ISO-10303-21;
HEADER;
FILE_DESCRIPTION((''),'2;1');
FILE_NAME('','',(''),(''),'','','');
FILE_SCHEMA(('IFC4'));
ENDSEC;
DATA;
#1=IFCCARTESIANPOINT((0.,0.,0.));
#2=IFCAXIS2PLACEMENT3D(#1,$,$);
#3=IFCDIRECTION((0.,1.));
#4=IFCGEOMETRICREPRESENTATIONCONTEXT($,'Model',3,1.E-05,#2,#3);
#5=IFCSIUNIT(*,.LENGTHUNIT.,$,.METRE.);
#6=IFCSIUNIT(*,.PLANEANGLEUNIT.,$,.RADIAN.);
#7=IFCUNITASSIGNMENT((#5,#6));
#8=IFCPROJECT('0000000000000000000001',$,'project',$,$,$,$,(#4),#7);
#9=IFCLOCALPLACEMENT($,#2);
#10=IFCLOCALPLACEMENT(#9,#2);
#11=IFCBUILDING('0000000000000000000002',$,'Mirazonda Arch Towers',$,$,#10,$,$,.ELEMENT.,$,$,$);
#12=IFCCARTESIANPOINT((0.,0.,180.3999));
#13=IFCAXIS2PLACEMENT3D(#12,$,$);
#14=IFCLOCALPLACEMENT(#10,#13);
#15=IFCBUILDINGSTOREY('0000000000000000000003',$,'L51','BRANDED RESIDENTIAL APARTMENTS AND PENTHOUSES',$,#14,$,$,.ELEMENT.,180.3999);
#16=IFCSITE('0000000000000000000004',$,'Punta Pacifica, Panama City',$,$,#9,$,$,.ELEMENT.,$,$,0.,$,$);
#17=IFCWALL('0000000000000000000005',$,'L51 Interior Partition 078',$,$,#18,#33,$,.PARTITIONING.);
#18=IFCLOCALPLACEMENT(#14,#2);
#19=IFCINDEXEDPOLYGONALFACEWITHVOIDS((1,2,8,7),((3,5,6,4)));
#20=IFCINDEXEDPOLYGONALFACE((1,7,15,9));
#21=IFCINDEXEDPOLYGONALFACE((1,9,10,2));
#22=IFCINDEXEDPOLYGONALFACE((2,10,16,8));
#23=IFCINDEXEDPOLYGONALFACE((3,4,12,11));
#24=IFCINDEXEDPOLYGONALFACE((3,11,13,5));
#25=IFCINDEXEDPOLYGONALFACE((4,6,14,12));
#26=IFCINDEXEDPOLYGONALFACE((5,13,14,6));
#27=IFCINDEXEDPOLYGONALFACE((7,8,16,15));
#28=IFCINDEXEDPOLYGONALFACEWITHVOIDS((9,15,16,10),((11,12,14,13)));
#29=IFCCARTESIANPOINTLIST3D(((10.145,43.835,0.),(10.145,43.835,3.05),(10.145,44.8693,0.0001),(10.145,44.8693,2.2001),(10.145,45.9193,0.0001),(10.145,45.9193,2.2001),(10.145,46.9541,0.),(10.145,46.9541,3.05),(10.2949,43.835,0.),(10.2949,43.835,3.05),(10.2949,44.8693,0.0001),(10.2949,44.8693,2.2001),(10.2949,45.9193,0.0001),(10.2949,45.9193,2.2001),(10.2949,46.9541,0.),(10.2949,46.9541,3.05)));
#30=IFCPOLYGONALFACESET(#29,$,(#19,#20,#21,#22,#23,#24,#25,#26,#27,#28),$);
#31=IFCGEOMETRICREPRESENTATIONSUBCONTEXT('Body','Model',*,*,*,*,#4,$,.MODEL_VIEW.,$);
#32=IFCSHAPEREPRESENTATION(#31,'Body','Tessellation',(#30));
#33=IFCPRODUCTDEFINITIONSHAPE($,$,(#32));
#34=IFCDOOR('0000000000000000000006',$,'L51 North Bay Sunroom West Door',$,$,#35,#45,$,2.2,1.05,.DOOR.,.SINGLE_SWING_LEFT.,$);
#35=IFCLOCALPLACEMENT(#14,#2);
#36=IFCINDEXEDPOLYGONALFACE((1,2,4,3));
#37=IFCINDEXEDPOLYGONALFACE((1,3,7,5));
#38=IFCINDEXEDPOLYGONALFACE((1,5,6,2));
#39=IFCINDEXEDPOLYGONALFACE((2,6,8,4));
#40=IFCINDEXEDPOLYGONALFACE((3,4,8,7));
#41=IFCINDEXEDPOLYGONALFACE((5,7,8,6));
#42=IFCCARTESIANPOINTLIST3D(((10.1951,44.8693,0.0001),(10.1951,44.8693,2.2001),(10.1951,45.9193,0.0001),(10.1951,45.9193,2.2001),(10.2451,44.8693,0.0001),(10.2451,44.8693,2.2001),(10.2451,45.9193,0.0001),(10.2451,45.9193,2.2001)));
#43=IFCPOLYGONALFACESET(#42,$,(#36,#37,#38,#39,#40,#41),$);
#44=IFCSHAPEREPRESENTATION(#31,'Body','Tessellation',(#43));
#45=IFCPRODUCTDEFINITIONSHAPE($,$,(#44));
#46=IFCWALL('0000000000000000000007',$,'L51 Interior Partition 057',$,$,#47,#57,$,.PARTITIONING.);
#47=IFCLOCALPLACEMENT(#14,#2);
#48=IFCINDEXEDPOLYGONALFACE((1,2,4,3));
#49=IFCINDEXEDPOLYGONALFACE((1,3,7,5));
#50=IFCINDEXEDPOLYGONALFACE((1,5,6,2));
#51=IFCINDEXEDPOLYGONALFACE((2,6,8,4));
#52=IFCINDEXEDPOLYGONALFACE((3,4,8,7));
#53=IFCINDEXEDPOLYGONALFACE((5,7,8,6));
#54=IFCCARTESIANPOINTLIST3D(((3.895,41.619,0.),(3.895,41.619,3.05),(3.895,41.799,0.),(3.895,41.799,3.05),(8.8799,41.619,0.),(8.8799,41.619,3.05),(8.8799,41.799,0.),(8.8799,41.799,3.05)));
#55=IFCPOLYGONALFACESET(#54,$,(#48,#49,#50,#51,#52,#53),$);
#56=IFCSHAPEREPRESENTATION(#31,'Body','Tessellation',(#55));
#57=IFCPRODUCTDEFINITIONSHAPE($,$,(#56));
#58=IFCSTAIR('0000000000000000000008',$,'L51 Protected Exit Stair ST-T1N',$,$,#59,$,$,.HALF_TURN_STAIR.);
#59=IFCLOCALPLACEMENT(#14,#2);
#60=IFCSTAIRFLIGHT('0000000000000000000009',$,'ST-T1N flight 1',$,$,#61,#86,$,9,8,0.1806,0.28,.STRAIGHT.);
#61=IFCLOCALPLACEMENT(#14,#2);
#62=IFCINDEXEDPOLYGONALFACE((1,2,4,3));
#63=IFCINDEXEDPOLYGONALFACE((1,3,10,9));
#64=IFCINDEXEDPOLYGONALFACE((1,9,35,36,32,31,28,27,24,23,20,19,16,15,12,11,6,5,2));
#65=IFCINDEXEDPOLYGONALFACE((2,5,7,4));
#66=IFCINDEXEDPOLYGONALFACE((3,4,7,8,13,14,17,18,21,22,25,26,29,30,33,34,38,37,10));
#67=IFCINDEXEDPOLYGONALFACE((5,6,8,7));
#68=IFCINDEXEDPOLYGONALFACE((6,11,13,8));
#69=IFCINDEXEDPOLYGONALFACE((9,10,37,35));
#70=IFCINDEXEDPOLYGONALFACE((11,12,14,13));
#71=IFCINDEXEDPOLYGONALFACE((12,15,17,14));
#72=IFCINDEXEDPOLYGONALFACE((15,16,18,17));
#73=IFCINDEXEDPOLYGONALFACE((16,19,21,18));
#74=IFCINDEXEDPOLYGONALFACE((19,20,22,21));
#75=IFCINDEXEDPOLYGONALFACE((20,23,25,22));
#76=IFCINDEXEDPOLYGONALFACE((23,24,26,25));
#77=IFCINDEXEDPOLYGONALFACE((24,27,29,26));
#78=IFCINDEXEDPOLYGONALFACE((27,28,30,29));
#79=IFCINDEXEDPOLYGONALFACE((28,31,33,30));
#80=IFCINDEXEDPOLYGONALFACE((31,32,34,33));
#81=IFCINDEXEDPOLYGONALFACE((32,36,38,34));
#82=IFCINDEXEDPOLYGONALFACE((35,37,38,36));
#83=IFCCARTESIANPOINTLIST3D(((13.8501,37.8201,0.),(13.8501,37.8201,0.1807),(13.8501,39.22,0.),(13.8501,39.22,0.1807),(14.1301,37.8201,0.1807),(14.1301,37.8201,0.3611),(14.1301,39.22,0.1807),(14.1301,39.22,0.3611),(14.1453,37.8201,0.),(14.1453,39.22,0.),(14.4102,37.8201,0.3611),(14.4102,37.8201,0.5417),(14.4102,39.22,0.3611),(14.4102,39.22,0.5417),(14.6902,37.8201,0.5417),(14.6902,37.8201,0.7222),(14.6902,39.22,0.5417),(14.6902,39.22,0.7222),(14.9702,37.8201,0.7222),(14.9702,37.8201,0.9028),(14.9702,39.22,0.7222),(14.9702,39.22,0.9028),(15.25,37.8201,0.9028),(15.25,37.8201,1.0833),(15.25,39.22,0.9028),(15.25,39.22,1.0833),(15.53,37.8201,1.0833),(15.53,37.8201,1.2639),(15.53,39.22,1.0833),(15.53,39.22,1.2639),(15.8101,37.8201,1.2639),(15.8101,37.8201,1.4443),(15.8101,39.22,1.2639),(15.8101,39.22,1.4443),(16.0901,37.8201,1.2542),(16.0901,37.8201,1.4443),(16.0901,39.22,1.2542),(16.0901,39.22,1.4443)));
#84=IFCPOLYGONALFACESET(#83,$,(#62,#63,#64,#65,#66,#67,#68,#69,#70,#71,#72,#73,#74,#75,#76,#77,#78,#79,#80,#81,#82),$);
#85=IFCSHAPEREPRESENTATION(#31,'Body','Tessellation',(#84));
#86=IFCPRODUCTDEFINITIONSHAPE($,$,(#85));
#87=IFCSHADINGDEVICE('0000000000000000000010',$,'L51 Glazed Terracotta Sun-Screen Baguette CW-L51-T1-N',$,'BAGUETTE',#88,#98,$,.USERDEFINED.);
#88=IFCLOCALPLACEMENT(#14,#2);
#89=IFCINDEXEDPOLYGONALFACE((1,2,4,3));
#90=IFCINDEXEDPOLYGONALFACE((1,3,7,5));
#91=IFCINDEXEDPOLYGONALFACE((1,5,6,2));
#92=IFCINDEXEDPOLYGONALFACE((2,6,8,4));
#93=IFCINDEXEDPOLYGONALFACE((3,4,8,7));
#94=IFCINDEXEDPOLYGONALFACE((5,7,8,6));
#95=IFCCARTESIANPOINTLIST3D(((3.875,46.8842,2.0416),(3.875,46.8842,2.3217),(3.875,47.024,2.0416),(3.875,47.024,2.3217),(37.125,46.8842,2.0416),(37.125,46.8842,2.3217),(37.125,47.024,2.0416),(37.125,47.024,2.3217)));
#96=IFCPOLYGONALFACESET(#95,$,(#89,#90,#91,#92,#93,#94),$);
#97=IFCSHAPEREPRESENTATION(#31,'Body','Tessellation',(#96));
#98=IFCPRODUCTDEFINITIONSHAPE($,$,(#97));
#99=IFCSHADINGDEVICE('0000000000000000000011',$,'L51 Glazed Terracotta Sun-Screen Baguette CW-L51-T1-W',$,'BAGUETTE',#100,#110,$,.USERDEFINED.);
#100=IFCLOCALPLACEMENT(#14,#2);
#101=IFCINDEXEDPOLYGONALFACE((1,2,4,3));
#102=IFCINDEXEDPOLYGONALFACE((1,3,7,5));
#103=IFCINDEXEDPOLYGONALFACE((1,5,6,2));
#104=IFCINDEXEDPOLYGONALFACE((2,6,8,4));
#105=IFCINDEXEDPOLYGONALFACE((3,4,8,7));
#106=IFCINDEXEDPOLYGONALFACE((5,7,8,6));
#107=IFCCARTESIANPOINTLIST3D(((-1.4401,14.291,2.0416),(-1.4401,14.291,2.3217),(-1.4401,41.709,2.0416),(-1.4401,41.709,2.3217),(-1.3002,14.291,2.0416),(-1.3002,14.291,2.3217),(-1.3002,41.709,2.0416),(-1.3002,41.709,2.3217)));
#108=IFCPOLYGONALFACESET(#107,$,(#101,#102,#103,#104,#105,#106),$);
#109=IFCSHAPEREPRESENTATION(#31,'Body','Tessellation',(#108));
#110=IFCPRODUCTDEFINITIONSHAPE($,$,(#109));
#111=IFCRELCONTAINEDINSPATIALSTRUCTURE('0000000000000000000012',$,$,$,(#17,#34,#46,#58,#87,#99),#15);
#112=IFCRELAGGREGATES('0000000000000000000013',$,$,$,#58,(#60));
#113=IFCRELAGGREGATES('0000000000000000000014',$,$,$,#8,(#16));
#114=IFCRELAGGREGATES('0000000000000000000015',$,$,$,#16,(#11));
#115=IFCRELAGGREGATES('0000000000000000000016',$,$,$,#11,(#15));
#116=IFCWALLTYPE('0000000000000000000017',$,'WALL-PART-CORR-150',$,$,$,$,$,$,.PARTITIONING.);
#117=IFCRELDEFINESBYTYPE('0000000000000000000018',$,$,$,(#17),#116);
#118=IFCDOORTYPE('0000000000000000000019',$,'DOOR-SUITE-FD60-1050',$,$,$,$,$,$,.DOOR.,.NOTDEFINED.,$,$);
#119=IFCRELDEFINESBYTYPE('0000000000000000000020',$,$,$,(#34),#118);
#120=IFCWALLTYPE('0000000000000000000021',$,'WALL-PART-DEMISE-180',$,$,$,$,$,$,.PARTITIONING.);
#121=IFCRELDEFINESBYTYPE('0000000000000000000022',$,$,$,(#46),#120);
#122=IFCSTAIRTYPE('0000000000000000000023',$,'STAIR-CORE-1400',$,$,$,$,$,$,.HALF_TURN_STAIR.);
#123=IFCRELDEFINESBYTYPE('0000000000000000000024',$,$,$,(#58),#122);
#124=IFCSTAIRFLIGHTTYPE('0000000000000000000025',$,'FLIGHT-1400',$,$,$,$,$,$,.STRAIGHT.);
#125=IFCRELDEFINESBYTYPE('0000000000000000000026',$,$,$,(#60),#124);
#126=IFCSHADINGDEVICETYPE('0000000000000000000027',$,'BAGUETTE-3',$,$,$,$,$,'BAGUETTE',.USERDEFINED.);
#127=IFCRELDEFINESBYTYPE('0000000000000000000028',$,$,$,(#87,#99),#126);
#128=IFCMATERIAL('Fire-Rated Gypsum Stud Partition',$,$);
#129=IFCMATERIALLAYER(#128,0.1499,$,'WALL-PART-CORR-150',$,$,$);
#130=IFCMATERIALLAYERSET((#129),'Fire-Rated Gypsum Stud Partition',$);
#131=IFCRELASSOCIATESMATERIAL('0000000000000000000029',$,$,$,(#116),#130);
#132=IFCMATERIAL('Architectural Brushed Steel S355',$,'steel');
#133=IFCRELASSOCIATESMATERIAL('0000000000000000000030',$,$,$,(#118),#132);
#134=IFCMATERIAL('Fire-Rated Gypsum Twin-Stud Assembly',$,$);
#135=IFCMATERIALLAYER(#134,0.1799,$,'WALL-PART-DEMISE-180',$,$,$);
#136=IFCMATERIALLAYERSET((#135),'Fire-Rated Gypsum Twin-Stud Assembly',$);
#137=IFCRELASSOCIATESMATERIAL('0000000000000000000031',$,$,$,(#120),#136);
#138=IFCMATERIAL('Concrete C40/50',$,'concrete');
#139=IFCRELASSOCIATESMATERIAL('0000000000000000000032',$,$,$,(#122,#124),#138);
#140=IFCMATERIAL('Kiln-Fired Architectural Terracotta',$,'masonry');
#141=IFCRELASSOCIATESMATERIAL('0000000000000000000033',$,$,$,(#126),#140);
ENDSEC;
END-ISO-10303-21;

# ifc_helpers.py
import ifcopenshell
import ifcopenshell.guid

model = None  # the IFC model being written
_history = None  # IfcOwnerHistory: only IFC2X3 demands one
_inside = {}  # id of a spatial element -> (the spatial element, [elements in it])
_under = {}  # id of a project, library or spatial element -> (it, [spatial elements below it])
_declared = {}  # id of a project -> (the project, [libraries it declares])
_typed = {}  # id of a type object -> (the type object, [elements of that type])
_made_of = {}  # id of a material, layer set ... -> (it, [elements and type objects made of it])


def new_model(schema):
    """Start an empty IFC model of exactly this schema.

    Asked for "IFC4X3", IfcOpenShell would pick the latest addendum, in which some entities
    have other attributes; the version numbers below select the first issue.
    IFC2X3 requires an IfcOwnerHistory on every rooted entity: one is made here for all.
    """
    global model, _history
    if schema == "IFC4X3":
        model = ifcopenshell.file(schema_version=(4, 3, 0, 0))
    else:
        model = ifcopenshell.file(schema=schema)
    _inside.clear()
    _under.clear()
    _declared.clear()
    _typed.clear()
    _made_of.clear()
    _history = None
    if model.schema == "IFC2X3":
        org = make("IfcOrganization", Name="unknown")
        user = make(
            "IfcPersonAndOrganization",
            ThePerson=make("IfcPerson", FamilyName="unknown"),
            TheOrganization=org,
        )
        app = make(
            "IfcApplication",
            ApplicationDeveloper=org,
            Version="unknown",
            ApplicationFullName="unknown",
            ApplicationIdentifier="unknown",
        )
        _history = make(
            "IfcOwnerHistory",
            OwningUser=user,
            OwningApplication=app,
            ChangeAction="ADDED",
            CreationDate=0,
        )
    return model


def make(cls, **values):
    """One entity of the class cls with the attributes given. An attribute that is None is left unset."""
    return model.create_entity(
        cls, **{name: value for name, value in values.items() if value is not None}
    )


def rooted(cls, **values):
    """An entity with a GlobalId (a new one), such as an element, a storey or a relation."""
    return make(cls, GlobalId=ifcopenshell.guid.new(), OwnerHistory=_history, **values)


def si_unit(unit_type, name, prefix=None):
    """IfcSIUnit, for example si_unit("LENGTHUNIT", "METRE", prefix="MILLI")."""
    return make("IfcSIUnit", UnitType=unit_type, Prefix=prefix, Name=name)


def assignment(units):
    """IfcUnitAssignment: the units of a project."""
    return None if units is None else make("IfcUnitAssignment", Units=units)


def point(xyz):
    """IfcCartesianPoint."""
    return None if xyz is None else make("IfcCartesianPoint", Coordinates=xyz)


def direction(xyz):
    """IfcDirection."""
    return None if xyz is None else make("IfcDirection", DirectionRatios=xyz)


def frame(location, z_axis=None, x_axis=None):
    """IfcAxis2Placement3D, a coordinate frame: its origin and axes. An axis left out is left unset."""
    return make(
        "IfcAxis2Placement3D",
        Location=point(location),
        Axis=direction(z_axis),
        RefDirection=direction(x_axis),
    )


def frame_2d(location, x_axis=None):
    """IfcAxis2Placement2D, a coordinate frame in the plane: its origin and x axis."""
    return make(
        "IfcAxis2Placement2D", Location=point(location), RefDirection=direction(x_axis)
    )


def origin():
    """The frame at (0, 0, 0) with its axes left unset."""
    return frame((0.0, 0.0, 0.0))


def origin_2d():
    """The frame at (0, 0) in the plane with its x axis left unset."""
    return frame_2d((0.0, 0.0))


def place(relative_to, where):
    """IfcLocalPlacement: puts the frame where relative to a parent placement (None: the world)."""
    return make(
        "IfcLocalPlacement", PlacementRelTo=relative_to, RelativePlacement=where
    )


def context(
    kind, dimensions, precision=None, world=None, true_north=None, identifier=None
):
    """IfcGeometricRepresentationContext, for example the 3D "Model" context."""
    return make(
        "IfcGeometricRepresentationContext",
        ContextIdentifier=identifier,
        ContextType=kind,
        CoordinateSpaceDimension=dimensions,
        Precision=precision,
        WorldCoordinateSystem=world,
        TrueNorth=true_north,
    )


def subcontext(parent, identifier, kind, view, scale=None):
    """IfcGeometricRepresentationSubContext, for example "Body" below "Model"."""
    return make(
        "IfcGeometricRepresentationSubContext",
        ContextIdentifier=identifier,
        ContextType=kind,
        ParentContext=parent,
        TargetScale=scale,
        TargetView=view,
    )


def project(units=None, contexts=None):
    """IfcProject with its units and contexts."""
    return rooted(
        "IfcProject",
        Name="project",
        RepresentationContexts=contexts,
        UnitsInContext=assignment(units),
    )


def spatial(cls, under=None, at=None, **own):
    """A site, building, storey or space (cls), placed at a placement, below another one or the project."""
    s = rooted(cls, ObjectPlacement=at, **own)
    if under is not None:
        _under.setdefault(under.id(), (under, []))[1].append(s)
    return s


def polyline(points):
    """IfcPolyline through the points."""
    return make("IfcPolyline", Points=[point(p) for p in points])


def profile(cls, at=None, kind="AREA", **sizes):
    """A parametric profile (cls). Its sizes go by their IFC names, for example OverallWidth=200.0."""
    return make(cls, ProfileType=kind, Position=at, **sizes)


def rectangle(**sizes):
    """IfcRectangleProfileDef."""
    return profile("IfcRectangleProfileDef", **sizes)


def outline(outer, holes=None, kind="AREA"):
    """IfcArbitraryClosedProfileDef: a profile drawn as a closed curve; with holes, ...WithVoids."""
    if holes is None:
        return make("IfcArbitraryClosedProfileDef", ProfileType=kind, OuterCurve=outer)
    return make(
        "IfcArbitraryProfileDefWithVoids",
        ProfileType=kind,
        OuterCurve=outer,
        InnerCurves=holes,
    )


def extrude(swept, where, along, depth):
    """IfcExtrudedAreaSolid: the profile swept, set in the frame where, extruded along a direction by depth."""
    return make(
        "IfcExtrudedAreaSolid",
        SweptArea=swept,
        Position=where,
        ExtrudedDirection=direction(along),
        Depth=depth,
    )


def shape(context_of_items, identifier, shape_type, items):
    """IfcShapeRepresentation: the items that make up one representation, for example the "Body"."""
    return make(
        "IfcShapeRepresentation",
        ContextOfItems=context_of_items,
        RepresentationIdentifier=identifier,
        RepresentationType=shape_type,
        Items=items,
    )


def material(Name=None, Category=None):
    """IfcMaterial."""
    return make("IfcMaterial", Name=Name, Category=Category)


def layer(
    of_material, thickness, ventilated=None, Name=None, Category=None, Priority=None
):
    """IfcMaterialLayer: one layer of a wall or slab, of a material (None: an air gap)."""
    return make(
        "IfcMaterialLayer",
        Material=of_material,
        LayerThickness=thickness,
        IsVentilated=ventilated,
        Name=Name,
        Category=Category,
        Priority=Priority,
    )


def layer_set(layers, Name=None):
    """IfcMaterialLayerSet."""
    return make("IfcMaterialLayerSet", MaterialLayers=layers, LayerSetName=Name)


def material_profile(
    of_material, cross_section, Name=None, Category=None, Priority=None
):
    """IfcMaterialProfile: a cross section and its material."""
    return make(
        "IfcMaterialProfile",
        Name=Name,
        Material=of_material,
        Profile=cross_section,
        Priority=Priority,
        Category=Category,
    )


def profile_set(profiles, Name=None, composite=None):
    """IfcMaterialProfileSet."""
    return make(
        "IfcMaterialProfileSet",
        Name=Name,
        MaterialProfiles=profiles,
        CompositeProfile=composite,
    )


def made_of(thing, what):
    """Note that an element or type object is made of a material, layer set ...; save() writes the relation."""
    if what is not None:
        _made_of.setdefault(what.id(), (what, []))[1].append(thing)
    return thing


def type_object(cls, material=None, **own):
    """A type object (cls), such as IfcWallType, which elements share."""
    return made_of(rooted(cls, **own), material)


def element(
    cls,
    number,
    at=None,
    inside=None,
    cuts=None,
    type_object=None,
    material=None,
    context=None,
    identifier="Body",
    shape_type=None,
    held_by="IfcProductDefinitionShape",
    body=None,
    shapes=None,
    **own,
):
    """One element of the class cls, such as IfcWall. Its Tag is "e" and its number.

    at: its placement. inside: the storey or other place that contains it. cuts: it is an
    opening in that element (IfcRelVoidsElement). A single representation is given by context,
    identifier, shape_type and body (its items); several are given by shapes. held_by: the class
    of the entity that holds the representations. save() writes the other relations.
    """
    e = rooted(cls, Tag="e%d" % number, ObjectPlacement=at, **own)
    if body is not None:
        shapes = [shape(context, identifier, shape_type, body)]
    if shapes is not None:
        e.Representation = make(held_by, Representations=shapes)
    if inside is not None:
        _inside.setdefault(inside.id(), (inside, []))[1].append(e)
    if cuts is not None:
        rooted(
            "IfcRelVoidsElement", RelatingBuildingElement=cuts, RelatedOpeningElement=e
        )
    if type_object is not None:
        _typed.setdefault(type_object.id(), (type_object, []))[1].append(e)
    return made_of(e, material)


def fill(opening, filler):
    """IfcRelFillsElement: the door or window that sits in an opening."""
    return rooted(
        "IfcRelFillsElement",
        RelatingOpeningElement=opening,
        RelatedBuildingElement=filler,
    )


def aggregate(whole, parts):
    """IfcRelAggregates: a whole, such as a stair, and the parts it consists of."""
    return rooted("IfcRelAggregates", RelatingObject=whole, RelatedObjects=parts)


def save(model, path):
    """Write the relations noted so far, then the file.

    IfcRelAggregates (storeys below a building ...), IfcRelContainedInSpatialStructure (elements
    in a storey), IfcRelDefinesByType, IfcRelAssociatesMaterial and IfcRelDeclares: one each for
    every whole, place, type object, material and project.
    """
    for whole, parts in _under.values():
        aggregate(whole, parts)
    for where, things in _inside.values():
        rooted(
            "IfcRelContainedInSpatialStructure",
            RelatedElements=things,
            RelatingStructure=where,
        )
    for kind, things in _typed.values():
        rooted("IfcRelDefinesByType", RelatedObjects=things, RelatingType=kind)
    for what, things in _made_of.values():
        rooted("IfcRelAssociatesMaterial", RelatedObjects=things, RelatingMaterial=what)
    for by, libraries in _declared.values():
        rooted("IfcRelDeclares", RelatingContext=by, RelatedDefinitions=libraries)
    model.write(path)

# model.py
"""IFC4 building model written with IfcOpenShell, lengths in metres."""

from ifc_helpers import new_model, si_unit, direction, frame, frame_2d, origin, origin_2d, place, context, subcontext, project, spatial, polyline, rectangle, outline, extrude, material, layer, layer_set, material_profile, profile_set, type_object, element, fill, aggregate, save


model = new_model("IFC4")

# Units and contexts
model_context = context("Model", 3, precision=1e-05, world=origin(), true_north=direction((0.0, 1.0)))
body_context = subcontext(model_context, "Body", "Model", "MODEL_VIEW")
ifc_project = project(units=[si_unit("LENGTHUNIT", "METRE"), si_unit("PLANEANGLEUNIT", "RADIAN")], contexts=[model_context])

# Site, building, storey
site_placement = place(None, origin())
site = spatial("IfcSite", under=ifc_project, at=site_placement, Name="Punta Pacifica, Panama City", CompositionType="ELEMENT", RefElevation=0.0)
building_placement = place(site_placement, origin())
building = spatial("IfcBuilding", under=site, at=building_placement, Name="Mirazonda Arch Towers", CompositionType="ELEMENT")
storey_placement = place(building_placement, frame((0.0, 0.0, 180.3999)))
storey = spatial("IfcBuildingStorey", under=building, at=storey_placement, Name="L51", Description="BRANDED RESIDENTIAL APARTMENTS AND PENTHOUSES", CompositionType="ELEMENT", Elevation=180.3999)

# Shared definitions
ifc_material_1 = material(Name="Fire-Rated Gypsum Stud Partition")
ifc_layer_1 = layer(ifc_material_1, 0.1499, Name="WALL-PART-CORR-150")
ifc_layer_set_1 = layer_set([ifc_layer_1], Name="Fire-Rated Gypsum Stud Partition")
wall_type_1 = type_object("IfcWallType", Name="WALL-PART-CORR-150", PredefinedType="PARTITIONING", material=ifc_layer_set_1)

# Wall, opening, door
wall_1_placement = place(storey_placement, frame((10.22, 43.835, 0.0), z_axis=(0.0, 0.0, 1.0), x_axis=(0.0, 1.0, 0.0)))
wall_1 = element("IfcWall", 1, at=wall_1_placement, inside=storey, type_object=wall_type_1, Name="L51 Interior Partition 078", PredefinedType="PARTITIONING", context=body_context, shape_type="SweptSolid", body=[
    extrude(rectangle(XDim=3.1191, YDim=0.1499, at=frame_2d((1.5596, 0.0))), origin(), (0.0, 0.0, 1.0), 3.05),
])
opening_1_placement = place(wall_1_placement, frame((1.0344, 0.0, 0.0)))
opening_1 = element("IfcOpeningElement", 2, at=opening_1_placement, cuts=wall_1, PredefinedType="OPENING", context=body_context, shape_type="SweptSolid", body=[
    extrude(rectangle(XDim=1.05, YDim=2.2, at=frame_2d((0.5249, 1.1001))), frame((0.0, 0.085, 0.0), z_axis=(0.0, -1.0, 0.0), x_axis=(1.0, 0.0, 0.0)), (0.0, 0.0, 1.0), 0.1699),
])
ifc_material_2 = material(Name="Architectural Brushed Steel S355", Category="steel")
door_type_1 = type_object("IfcDoorType", Name="DOOR-SUITE-FD60-1050", OperationType="NOTDEFINED", PredefinedType="DOOR", material=ifc_material_2)
door_1_placement = place(opening_1_placement, origin())
door_1 = element("IfcDoor", 3, at=door_1_placement, inside=storey, type_object=door_type_1, Name="L51 North Bay Sunroom West Door", OperationType="SINGLE_SWING_LEFT", OverallHeight=2.2, OverallWidth=1.05, PredefinedType="DOOR", context=body_context, shape_type="SweptSolid", body=[
    extrude(rectangle(XDim=1.05, YDim=2.2, at=frame_2d((0.5249, 1.1001))), frame((0.0, 0.0249, 0.0), z_axis=(0.0, -1.0, 0.0), x_axis=(1.0, 0.0, 0.0)), (0.0, 0.0, 1.0), 0.05),
])
fill(opening_1, door_1)

# Wall
ifc_material_3 = material(Name="Fire-Rated Gypsum Twin-Stud Assembly")
ifc_layer_2 = layer(ifc_material_3, 0.1799, Name="WALL-PART-DEMISE-180")
ifc_layer_set_2 = layer_set([ifc_layer_2], Name="Fire-Rated Gypsum Twin-Stud Assembly")
wall_type_2 = type_object("IfcWallType", Name="WALL-PART-DEMISE-180", PredefinedType="PARTITIONING", material=ifc_layer_set_2)
wall_2_placement = place(storey_placement, frame((3.895, 41.709, 0.0), z_axis=(0.0, 0.0, 1.0), x_axis=(1.0, 0.0, 0.0)))
element("IfcWall", 4, at=wall_2_placement, inside=storey, type_object=wall_type_2, Name="L51 Interior Partition 057", PredefinedType="PARTITIONING", context=body_context, shape_type="SweptSolid", body=[
    extrude(rectangle(XDim=4.9849, YDim=0.1799, at=frame_2d((2.4924, 0.0))), origin(), (0.0, 0.0, 1.0), 3.05),
])

# Stair, stair flight
ifc_material_4 = material(Name="Concrete C40/50", Category="concrete")
stair_type = type_object("IfcStairType", Name="STAIR-CORE-1400", PredefinedType="HALF_TURN_STAIR", material=ifc_material_4)
stair_placement = place(storey_placement, origin())
stair = element("IfcStair", 5, at=stair_placement, inside=storey, type_object=stair_type, Name="L51 Protected Exit Stair ST-T1N", PredefinedType="HALF_TURN_STAIR")
stair_flight_type = type_object("IfcStairFlightType", Name="FLIGHT-1400", PredefinedType="STRAIGHT", material=ifc_material_4)
stair_flight_placement = place(storey_placement, frame((13.8501, 38.52, 0.0), z_axis=(0.0, 0.0, 1.0), x_axis=(1.0, 0.0, 0.0)))
stair_flight = element("IfcStairFlight", 6, at=stair_flight_placement, type_object=stair_flight_type, Name="ST-T1N flight 1", NumberOfRisers=9, NumberOfTreads=8, PredefinedType="STRAIGHT", RiserHeight=0.1806, TreadLength=0.28, context=body_context, shape_type="SweptSolid", body=[
    extrude(outline(polyline([(0.0, 0.0), (0.0, 0.1807), (0.28, 0.1807), (0.28, 0.3611), (0.5601, 0.3611), (0.5601, 0.5417), (0.8401, 0.5417), (0.8401, 0.7222), (1.1201, 0.7222), (1.1201, 0.9028), (1.3999, 0.9028), (1.3999, 1.0833), (1.6799, 1.0833), (1.6799, 1.2639), (1.96, 1.2639), (1.96, 1.4443), (2.24, 1.4443), (2.24, 1.625), (2.24, 1.2542), (0.2952, 0.0), (0.0, 0.0)])), frame((0.0, 0.7, 0.0), z_axis=(0.0, -1.0, 0.0), x_axis=(1.0, 0.0, 0.0)), (0.0, 0.0, 1.0), 1.3999),
])
aggregate(stair, [stair_flight])

# Shading devices
ifc_material_5 = material(Name="Kiln-Fired Architectural Terracotta", Category="masonry")
ifc_material_profile_1 = material_profile(ifc_material_5, rectangle(XDim=0.1399, YDim=0.28, at=origin_2d()), Name="TERRA-BAG-140x280")
ifc_profile_set_1 = profile_set([ifc_material_profile_1], Name="Kiln-Fired Architectural Terracotta")
shading_device_type = type_object("IfcShadingDeviceType", Name="BAGUETTE-3", ElementType="BAGUETTE", PredefinedType="USERDEFINED", material=ifc_profile_set_1)
shading_device_1_placement = place(storey_placement, frame((3.875, 46.9541, 2.1816), z_axis=(1.0, 0.0, 0.0), x_axis=(0.0, 1.0, 0.0)))
element("IfcShadingDevice", 7, at=shading_device_1_placement, inside=storey, type_object=shading_device_type, Name="L51 Glazed Terracotta Sun-Screen Baguette CW-L51-T1-N", ObjectType="BAGUETTE", PredefinedType="USERDEFINED", context=body_context, shape_type="SweptSolid", body=[
    extrude(rectangle(XDim=0.1399, YDim=0.28, at=origin_2d()), origin(), (0.0, 0.0, 1.0), 33.25),
])
shading_device_2_placement = place(storey_placement, frame((-1.3701, 41.709, 2.1816), z_axis=(0.0, -1.0, 0.0), x_axis=(1.0, 0.0, 0.0)))
element("IfcShadingDevice", 8, at=shading_device_2_placement, inside=storey, type_object=shading_device_type, Name="L51 Glazed Terracotta Sun-Screen Baguette CW-L51-T1-W", ObjectType="BAGUETTE", PredefinedType="USERDEFINED", context=body_context, shape_type="SweptSolid", body=[
    extrude(rectangle(XDim=0.1399, YDim=0.28, at=origin_2d()), origin(), (0.0, 0.0, 1.0), 27.418),
])

save(model, "model.ifc")
